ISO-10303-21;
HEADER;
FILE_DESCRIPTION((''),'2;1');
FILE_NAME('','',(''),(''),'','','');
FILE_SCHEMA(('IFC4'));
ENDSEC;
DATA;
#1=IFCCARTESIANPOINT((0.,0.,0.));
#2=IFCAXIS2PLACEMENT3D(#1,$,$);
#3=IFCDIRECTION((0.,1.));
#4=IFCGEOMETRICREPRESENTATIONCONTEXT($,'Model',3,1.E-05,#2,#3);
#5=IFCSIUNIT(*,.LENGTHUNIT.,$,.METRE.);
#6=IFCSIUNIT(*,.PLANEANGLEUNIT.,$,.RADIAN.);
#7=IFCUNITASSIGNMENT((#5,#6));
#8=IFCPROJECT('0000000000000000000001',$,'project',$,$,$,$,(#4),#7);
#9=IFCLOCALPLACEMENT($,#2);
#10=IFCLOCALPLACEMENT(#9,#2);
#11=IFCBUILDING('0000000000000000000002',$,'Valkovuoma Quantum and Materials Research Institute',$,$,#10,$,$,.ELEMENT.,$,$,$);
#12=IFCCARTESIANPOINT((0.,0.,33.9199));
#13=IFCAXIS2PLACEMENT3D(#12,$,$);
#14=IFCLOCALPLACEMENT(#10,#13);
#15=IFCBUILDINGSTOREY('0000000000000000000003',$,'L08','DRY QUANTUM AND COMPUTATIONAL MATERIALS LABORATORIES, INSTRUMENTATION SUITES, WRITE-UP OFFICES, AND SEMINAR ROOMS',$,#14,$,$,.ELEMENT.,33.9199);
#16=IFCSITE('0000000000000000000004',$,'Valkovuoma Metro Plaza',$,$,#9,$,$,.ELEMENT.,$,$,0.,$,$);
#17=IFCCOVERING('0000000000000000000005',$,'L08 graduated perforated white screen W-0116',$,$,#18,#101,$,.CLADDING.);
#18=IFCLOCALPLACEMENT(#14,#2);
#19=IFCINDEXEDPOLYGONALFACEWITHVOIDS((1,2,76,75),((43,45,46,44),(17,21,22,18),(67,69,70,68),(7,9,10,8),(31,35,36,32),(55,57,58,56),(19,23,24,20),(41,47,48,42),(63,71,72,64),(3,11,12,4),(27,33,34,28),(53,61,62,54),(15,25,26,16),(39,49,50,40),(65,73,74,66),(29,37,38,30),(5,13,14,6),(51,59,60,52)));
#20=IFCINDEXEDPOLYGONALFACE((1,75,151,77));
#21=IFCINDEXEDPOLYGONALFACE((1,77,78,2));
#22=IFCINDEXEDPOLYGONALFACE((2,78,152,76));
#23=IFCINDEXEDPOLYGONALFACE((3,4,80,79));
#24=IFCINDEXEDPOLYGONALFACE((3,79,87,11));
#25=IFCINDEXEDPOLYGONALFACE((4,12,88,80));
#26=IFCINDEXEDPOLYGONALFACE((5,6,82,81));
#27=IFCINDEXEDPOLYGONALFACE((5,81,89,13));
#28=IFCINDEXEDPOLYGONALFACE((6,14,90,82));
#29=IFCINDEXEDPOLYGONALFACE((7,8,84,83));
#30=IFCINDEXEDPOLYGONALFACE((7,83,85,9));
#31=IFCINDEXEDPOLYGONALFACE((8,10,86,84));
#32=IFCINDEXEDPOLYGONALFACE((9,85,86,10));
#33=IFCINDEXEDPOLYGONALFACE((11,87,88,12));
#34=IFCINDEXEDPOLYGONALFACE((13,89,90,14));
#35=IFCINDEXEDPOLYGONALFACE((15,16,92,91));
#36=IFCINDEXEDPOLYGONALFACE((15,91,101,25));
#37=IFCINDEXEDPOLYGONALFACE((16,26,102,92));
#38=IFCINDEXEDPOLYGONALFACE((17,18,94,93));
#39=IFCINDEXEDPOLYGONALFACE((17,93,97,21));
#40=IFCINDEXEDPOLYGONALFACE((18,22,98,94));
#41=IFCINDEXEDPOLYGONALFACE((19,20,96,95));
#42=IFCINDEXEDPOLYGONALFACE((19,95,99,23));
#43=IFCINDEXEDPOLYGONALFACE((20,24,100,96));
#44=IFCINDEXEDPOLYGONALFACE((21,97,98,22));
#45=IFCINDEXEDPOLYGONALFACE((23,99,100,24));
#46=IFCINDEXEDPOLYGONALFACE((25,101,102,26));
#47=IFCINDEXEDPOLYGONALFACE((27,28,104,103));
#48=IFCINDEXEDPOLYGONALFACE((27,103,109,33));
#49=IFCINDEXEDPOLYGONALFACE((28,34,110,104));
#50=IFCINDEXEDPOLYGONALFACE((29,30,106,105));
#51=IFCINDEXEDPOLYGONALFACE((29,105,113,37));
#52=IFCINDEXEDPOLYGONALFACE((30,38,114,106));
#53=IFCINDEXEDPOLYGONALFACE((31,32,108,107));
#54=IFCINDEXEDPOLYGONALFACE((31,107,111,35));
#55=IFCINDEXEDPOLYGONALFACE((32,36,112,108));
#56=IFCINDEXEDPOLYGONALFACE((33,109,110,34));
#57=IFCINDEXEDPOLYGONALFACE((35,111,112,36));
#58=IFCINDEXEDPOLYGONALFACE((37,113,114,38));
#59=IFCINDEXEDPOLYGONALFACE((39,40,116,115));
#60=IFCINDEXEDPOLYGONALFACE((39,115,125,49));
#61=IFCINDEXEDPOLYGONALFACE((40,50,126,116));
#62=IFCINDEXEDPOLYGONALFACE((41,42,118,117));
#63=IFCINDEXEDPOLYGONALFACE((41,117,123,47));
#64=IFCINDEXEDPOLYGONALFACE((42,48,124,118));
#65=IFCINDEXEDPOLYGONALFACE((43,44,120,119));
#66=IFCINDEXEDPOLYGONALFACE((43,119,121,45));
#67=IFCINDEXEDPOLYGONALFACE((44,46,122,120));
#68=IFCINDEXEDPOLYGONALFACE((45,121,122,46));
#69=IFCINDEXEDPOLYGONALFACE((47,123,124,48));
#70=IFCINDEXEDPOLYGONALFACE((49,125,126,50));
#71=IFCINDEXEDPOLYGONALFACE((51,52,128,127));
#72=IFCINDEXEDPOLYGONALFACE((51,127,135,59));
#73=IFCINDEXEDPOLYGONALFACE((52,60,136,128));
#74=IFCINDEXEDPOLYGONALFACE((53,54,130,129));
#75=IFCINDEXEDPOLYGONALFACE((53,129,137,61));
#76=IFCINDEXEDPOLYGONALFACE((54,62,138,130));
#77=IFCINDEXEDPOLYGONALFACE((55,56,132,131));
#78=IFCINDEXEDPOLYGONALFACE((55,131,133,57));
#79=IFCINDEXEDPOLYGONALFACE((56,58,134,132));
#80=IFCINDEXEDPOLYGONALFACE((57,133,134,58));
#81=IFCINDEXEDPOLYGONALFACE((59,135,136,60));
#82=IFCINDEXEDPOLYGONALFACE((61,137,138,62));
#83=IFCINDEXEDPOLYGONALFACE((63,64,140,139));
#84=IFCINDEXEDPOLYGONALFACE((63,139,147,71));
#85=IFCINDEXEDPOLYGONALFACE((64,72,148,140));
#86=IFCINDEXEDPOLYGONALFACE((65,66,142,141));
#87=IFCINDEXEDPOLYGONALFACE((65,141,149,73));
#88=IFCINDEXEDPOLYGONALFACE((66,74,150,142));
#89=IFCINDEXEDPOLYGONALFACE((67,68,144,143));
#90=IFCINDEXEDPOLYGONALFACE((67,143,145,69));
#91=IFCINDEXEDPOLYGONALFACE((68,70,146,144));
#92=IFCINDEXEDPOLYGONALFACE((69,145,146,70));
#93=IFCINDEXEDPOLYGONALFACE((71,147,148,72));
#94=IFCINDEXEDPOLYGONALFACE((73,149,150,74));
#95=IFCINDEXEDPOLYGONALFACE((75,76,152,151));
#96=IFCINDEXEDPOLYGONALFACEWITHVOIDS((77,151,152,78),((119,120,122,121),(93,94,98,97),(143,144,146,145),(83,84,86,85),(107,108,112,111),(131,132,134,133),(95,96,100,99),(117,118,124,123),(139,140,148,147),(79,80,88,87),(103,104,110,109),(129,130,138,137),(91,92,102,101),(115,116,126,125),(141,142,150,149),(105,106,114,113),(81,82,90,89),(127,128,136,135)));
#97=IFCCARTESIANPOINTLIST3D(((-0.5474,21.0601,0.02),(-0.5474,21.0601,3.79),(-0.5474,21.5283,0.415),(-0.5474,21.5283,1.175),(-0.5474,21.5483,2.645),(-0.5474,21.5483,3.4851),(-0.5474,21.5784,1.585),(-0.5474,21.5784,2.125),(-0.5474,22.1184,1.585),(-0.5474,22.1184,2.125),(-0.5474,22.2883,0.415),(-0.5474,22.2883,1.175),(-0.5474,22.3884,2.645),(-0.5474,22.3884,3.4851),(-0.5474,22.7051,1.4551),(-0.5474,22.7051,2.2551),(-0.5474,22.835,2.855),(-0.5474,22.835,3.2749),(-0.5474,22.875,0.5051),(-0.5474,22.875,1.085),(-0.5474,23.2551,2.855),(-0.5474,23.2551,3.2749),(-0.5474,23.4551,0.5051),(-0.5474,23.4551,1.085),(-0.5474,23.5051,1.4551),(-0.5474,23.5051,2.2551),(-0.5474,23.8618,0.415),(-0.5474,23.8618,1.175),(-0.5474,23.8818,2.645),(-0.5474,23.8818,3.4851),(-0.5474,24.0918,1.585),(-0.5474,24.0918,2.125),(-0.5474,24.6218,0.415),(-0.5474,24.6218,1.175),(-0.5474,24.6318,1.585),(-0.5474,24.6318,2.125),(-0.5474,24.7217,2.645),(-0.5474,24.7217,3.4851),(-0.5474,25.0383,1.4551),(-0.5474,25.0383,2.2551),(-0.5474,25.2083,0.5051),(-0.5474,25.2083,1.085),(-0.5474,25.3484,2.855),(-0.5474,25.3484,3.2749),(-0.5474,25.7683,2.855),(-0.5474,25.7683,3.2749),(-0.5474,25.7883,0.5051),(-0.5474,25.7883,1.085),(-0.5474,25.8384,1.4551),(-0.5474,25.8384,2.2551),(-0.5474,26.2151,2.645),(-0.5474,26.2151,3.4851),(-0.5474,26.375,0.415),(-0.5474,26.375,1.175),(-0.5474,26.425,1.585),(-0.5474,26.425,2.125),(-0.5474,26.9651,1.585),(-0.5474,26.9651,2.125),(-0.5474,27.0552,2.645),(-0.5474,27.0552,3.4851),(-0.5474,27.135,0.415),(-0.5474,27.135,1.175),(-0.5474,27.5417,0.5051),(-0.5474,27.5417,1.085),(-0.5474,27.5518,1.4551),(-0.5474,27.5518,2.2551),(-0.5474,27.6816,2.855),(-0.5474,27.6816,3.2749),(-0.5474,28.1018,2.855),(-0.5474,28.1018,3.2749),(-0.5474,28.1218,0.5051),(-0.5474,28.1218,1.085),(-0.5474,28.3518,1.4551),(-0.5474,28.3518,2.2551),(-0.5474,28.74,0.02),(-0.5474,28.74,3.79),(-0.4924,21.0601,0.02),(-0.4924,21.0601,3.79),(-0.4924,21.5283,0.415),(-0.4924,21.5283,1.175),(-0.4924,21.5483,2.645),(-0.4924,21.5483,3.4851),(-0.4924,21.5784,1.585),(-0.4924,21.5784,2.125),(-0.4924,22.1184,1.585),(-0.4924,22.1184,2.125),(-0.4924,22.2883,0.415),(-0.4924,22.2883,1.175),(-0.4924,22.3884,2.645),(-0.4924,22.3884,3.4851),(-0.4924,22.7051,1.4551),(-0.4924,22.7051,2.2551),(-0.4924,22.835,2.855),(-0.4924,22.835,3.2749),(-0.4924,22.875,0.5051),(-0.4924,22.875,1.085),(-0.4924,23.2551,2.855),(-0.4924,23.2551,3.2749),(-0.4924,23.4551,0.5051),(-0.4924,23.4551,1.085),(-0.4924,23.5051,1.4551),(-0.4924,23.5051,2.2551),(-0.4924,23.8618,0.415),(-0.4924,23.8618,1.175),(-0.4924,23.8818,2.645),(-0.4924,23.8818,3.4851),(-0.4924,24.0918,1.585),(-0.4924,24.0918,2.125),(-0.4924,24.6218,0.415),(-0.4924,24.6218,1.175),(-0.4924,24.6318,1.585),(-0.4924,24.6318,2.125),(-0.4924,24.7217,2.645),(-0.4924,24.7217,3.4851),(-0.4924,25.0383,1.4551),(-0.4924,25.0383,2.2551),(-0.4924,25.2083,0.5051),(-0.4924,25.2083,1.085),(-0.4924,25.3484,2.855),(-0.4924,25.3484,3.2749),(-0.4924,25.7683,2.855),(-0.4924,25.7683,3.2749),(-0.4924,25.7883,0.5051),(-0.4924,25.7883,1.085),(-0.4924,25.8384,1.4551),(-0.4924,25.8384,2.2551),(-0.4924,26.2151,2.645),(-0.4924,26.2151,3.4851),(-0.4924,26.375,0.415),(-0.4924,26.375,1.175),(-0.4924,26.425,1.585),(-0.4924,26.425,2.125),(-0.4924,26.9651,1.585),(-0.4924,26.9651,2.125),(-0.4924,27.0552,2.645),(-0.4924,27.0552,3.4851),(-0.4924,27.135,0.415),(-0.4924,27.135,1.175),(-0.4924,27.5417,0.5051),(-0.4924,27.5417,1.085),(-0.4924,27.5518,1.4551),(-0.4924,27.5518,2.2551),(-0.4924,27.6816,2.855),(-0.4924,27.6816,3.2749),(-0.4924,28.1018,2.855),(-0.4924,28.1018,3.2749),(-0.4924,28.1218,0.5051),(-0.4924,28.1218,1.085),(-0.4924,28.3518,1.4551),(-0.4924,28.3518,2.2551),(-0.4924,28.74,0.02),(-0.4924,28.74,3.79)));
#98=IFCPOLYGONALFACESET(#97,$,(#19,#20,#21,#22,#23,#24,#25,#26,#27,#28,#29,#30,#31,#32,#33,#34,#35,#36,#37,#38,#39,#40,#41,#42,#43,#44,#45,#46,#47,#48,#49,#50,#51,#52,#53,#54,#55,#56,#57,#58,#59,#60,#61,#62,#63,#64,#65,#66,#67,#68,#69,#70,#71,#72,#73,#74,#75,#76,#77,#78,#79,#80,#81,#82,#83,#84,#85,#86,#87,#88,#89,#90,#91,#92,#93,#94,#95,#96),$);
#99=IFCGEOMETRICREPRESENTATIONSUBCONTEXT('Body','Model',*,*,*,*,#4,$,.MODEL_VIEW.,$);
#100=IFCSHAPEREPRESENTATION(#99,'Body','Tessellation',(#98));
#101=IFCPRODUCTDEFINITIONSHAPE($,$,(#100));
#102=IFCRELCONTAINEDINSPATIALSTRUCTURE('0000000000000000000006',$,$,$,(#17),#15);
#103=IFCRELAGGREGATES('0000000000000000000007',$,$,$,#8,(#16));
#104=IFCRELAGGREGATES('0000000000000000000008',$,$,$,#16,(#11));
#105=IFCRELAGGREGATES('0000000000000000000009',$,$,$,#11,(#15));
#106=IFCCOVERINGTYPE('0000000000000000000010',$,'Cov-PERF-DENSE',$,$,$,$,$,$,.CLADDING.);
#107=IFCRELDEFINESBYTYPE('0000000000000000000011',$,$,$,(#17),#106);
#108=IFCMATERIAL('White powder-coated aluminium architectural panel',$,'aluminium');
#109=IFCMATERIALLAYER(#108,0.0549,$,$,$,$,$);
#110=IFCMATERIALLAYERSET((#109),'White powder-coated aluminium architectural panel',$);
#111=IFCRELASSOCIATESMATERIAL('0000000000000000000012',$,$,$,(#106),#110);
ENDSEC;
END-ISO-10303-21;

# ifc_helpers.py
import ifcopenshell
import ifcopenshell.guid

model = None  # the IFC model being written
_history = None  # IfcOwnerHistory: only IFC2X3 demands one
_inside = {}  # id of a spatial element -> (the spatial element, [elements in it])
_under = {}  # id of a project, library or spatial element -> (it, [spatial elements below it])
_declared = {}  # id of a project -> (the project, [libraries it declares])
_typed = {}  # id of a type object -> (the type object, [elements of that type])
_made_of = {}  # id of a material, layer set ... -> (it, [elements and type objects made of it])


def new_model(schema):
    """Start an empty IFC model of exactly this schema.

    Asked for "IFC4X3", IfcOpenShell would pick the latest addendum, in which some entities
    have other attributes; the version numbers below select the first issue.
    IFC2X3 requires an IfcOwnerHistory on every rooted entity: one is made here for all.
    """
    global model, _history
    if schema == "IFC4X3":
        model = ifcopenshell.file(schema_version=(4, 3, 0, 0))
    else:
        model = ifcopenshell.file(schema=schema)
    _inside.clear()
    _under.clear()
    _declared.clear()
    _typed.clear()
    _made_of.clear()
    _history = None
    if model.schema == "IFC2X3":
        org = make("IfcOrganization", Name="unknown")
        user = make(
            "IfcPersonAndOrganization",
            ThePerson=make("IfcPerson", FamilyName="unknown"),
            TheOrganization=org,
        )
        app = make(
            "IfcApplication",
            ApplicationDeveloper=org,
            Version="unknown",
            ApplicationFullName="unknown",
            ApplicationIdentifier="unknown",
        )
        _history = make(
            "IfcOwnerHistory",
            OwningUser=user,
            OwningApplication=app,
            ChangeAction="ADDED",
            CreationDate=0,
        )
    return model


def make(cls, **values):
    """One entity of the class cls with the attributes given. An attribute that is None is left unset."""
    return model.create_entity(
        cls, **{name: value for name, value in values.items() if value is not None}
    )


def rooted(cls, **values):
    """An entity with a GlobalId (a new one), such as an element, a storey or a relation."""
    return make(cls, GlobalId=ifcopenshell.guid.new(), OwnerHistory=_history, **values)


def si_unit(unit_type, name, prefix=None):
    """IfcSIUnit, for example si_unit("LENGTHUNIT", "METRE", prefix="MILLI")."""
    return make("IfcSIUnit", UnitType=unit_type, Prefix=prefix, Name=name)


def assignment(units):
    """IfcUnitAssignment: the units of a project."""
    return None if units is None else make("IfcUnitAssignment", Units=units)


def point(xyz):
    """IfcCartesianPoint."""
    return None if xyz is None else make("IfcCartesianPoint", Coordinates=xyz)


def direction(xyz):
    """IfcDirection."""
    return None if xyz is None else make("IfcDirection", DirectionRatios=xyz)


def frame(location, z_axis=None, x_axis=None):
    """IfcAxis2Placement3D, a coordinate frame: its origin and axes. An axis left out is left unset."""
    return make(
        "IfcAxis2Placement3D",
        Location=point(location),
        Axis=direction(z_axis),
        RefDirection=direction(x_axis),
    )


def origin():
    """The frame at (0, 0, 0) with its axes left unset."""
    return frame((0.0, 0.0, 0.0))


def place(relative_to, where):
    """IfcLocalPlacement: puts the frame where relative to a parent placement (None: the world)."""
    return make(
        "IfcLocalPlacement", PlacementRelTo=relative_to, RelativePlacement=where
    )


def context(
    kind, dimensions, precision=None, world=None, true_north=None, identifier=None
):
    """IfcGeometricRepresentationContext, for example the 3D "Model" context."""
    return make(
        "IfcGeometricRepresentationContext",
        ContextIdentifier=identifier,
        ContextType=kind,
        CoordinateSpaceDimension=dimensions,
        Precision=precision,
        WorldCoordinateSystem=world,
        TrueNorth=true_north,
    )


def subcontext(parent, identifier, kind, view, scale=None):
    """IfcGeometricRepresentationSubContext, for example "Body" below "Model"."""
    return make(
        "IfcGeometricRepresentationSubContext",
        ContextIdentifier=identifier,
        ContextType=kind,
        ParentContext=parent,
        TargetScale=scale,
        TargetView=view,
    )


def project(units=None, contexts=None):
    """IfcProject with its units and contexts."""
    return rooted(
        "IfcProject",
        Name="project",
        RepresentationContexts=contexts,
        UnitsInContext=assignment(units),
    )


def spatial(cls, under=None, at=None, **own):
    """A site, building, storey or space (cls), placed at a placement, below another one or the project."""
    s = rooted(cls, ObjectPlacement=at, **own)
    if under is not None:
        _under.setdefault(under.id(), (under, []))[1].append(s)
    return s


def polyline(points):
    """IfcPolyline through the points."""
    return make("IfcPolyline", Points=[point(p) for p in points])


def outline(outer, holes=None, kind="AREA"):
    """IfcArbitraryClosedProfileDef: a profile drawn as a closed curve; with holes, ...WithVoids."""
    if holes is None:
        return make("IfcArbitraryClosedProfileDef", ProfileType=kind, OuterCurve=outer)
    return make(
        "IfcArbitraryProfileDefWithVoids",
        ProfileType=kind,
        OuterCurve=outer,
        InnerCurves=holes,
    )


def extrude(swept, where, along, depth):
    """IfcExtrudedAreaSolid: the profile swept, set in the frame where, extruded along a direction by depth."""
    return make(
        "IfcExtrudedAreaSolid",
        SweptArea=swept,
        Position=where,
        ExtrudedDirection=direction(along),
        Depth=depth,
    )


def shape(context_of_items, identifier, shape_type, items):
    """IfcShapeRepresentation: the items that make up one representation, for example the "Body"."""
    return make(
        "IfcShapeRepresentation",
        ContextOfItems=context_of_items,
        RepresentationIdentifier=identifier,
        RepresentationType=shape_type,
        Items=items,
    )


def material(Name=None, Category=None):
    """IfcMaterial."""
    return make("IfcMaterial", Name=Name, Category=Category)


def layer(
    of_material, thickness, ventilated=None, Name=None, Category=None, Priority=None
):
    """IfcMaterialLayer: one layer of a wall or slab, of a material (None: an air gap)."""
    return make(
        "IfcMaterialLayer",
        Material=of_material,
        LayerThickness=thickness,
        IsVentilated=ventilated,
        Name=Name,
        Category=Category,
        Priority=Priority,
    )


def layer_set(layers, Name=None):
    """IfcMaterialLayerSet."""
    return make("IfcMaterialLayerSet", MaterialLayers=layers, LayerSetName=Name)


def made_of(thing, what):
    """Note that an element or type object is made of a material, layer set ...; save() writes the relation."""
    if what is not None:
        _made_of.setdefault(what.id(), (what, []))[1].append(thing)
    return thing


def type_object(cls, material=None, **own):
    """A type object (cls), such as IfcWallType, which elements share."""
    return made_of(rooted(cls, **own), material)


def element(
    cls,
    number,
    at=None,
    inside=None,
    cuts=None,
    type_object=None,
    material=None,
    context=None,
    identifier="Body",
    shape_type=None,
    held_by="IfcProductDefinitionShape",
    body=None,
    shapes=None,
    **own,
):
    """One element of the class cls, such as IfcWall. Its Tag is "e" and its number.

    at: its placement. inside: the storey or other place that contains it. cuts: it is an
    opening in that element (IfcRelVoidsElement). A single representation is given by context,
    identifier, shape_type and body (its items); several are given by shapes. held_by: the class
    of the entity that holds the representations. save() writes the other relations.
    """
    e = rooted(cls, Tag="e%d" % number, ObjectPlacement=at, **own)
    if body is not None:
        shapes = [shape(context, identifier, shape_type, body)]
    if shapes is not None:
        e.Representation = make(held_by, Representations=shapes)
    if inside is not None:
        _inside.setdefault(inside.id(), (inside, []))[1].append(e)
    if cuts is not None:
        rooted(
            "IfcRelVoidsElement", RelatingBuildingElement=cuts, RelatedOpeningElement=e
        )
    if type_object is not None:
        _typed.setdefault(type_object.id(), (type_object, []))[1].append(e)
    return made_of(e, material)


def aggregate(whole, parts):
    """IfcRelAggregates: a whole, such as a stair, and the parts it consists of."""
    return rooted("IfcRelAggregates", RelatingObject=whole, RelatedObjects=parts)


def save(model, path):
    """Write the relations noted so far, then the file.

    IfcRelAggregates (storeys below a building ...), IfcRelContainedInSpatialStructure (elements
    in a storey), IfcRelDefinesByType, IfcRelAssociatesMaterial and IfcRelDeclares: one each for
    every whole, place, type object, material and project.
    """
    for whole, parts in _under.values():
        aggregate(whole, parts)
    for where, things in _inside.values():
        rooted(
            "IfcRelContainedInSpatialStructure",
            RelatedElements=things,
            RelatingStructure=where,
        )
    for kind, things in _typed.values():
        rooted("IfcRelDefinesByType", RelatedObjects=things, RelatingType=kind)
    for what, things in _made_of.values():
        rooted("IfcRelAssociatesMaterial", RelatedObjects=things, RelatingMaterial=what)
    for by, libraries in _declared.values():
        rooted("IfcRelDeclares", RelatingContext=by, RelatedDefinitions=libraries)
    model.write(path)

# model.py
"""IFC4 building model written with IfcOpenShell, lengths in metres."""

from ifc_helpers import new_model, si_unit, direction, frame, origin, place, context, subcontext, project, spatial, polyline, outline, extrude, material, layer, layer_set, type_object, element, save


model = new_model("IFC4")

# Units and contexts
model_context = context("Model", 3, precision=1e-05, world=origin(), true_north=direction((0.0, 1.0)))
body_context = subcontext(model_context, "Body", "Model", "MODEL_VIEW")
ifc_project = project(units=[si_unit("LENGTHUNIT", "METRE"), si_unit("PLANEANGLEUNIT", "RADIAN")], contexts=[model_context])

# Site, building, storey
site_placement = place(None, origin())
site = spatial("IfcSite", under=ifc_project, at=site_placement, Name="Valkovuoma Metro Plaza", CompositionType="ELEMENT", RefElevation=0.0)
building_placement = place(site_placement, origin())
building = spatial("IfcBuilding", under=site, at=building_placement, Name="Valkovuoma Quantum and Materials Research Institute", CompositionType="ELEMENT")
storey_placement = place(building_placement, frame((0.0, 0.0, 33.9199)))
storey = spatial("IfcBuildingStorey", under=building, at=storey_placement, Name="L08", Description="DRY QUANTUM AND COMPUTATIONAL MATERIALS LABORATORIES, INSTRUMENTATION SUITES, WRITE-UP OFFICES, AND SEMINAR ROOMS", CompositionType="ELEMENT", Elevation=33.9199)

# Covering
ifc_material_1 = material(Name="White powder-coated aluminium architectural panel", Category="aluminium")
ifc_layer_1 = layer(ifc_material_1, 0.0549)
ifc_layer_set_1 = layer_set([ifc_layer_1], Name="White powder-coated aluminium architectural panel")
covering_type_1 = type_object("IfcCoveringType", Name="Cov-PERF-DENSE", PredefinedType="CLADDING", material=ifc_layer_set_1)
covering_1_placement = place(storey_placement, frame((-0.52, 21.0601, 0.02), z_axis=(0.0, 0.0, 1.0), x_axis=(0.0, 1.0, 0.0)))
element("IfcCovering", 1, at=covering_1_placement, inside=storey, type_object=covering_type_1, Name="L08 graduated perforated white screen W-0116", PredefinedType="CLADDING", context=body_context, shape_type="SweptSolid", body=[
    extrude(outline(polyline([(0.0, 0.0), (7.6799, 0.0), (7.6799, 3.77), (0.0, 3.77), (0.0, 0.0)]), holes=[polyline([(0.4683, 0.395), (0.4683, 1.155), (1.2283, 1.155), (1.2283, 0.395), (0.4683, 0.395)]), polyline([(0.5183, 1.5649), (0.5183, 2.105), (1.0583, 2.105), (1.0583, 1.5649), (0.5183, 1.5649)]), polyline([(0.4883, 2.625), (0.4883, 3.4651), (1.3284, 3.4651), (1.3284, 2.625), (0.4883, 2.625)]), polyline([(1.8149, 0.4851), (1.8149, 1.0649), (2.395, 1.0649), (2.395, 0.4851), (1.8149, 0.4851)]), polyline([(1.645, 1.4351), (1.645, 2.2351), (2.4451, 2.2351), (2.4451, 1.4351), (1.645, 1.4351)]), polyline([(1.7749, 2.835), (1.7749, 3.2549), (2.1951, 3.2549), (2.1951, 2.835), (1.7749, 2.835)]), polyline([(2.8018, 0.395), (2.8018, 1.155), (3.5618, 1.155), (3.5618, 0.395), (2.8018, 0.395)]), polyline([(3.0317, 1.5649), (3.0317, 2.105), (3.5718, 2.105), (3.5718, 1.5649), (3.0317, 1.5649)]), polyline([(2.8218, 2.625), (2.8218, 3.4651), (3.6616, 3.4651), (3.6616, 2.625), (2.8218, 2.625)]), polyline([(4.1482, 0.4851), (4.1482, 1.0649), (4.7283, 1.0649), (4.7283, 0.4851), (4.1482, 0.4851)]), polyline([(3.9783, 1.4351), (3.9783, 2.2351), (4.7783, 2.2351), (4.7783, 1.4351), (3.9783, 1.4351)]), polyline([(4.2883, 2.835), (4.2883, 3.2549), (4.7083, 3.2549), (4.7083, 2.835), (4.2883, 2.835)]), polyline([(5.3149, 0.395), (5.3149, 1.155), (6.075, 1.155), (6.075, 0.395), (5.3149, 0.395)]), polyline([(5.365, 1.5649), (5.365, 2.105), (5.905, 2.105), (5.905, 1.5649), (5.365, 1.5649)]), polyline([(5.155, 2.625), (5.155, 3.4651), (5.9951, 3.4651), (5.9951, 2.625), (5.155, 2.625)]), polyline([(6.4817, 0.4851), (6.4817, 1.0649), (7.0618, 1.0649), (7.0618, 0.4851), (6.4817, 0.4851)]), polyline([(6.4917, 1.4351), (6.4917, 2.2351), (7.2917, 2.2351), (7.2917, 1.4351), (6.4917, 1.4351)]), polyline([(6.6216, 2.835), (6.6216, 3.2549), (7.0417, 3.2549), (7.0417, 2.835), (6.6216, 2.835)])]), frame((0.0, 0.0273, 0.0), z_axis=(0.0, -1.0, 0.0), x_axis=(1.0, 0.0, 0.0)), (0.0, 0.0, 1.0), 0.0549),
])

save(model, "model.ifc")
